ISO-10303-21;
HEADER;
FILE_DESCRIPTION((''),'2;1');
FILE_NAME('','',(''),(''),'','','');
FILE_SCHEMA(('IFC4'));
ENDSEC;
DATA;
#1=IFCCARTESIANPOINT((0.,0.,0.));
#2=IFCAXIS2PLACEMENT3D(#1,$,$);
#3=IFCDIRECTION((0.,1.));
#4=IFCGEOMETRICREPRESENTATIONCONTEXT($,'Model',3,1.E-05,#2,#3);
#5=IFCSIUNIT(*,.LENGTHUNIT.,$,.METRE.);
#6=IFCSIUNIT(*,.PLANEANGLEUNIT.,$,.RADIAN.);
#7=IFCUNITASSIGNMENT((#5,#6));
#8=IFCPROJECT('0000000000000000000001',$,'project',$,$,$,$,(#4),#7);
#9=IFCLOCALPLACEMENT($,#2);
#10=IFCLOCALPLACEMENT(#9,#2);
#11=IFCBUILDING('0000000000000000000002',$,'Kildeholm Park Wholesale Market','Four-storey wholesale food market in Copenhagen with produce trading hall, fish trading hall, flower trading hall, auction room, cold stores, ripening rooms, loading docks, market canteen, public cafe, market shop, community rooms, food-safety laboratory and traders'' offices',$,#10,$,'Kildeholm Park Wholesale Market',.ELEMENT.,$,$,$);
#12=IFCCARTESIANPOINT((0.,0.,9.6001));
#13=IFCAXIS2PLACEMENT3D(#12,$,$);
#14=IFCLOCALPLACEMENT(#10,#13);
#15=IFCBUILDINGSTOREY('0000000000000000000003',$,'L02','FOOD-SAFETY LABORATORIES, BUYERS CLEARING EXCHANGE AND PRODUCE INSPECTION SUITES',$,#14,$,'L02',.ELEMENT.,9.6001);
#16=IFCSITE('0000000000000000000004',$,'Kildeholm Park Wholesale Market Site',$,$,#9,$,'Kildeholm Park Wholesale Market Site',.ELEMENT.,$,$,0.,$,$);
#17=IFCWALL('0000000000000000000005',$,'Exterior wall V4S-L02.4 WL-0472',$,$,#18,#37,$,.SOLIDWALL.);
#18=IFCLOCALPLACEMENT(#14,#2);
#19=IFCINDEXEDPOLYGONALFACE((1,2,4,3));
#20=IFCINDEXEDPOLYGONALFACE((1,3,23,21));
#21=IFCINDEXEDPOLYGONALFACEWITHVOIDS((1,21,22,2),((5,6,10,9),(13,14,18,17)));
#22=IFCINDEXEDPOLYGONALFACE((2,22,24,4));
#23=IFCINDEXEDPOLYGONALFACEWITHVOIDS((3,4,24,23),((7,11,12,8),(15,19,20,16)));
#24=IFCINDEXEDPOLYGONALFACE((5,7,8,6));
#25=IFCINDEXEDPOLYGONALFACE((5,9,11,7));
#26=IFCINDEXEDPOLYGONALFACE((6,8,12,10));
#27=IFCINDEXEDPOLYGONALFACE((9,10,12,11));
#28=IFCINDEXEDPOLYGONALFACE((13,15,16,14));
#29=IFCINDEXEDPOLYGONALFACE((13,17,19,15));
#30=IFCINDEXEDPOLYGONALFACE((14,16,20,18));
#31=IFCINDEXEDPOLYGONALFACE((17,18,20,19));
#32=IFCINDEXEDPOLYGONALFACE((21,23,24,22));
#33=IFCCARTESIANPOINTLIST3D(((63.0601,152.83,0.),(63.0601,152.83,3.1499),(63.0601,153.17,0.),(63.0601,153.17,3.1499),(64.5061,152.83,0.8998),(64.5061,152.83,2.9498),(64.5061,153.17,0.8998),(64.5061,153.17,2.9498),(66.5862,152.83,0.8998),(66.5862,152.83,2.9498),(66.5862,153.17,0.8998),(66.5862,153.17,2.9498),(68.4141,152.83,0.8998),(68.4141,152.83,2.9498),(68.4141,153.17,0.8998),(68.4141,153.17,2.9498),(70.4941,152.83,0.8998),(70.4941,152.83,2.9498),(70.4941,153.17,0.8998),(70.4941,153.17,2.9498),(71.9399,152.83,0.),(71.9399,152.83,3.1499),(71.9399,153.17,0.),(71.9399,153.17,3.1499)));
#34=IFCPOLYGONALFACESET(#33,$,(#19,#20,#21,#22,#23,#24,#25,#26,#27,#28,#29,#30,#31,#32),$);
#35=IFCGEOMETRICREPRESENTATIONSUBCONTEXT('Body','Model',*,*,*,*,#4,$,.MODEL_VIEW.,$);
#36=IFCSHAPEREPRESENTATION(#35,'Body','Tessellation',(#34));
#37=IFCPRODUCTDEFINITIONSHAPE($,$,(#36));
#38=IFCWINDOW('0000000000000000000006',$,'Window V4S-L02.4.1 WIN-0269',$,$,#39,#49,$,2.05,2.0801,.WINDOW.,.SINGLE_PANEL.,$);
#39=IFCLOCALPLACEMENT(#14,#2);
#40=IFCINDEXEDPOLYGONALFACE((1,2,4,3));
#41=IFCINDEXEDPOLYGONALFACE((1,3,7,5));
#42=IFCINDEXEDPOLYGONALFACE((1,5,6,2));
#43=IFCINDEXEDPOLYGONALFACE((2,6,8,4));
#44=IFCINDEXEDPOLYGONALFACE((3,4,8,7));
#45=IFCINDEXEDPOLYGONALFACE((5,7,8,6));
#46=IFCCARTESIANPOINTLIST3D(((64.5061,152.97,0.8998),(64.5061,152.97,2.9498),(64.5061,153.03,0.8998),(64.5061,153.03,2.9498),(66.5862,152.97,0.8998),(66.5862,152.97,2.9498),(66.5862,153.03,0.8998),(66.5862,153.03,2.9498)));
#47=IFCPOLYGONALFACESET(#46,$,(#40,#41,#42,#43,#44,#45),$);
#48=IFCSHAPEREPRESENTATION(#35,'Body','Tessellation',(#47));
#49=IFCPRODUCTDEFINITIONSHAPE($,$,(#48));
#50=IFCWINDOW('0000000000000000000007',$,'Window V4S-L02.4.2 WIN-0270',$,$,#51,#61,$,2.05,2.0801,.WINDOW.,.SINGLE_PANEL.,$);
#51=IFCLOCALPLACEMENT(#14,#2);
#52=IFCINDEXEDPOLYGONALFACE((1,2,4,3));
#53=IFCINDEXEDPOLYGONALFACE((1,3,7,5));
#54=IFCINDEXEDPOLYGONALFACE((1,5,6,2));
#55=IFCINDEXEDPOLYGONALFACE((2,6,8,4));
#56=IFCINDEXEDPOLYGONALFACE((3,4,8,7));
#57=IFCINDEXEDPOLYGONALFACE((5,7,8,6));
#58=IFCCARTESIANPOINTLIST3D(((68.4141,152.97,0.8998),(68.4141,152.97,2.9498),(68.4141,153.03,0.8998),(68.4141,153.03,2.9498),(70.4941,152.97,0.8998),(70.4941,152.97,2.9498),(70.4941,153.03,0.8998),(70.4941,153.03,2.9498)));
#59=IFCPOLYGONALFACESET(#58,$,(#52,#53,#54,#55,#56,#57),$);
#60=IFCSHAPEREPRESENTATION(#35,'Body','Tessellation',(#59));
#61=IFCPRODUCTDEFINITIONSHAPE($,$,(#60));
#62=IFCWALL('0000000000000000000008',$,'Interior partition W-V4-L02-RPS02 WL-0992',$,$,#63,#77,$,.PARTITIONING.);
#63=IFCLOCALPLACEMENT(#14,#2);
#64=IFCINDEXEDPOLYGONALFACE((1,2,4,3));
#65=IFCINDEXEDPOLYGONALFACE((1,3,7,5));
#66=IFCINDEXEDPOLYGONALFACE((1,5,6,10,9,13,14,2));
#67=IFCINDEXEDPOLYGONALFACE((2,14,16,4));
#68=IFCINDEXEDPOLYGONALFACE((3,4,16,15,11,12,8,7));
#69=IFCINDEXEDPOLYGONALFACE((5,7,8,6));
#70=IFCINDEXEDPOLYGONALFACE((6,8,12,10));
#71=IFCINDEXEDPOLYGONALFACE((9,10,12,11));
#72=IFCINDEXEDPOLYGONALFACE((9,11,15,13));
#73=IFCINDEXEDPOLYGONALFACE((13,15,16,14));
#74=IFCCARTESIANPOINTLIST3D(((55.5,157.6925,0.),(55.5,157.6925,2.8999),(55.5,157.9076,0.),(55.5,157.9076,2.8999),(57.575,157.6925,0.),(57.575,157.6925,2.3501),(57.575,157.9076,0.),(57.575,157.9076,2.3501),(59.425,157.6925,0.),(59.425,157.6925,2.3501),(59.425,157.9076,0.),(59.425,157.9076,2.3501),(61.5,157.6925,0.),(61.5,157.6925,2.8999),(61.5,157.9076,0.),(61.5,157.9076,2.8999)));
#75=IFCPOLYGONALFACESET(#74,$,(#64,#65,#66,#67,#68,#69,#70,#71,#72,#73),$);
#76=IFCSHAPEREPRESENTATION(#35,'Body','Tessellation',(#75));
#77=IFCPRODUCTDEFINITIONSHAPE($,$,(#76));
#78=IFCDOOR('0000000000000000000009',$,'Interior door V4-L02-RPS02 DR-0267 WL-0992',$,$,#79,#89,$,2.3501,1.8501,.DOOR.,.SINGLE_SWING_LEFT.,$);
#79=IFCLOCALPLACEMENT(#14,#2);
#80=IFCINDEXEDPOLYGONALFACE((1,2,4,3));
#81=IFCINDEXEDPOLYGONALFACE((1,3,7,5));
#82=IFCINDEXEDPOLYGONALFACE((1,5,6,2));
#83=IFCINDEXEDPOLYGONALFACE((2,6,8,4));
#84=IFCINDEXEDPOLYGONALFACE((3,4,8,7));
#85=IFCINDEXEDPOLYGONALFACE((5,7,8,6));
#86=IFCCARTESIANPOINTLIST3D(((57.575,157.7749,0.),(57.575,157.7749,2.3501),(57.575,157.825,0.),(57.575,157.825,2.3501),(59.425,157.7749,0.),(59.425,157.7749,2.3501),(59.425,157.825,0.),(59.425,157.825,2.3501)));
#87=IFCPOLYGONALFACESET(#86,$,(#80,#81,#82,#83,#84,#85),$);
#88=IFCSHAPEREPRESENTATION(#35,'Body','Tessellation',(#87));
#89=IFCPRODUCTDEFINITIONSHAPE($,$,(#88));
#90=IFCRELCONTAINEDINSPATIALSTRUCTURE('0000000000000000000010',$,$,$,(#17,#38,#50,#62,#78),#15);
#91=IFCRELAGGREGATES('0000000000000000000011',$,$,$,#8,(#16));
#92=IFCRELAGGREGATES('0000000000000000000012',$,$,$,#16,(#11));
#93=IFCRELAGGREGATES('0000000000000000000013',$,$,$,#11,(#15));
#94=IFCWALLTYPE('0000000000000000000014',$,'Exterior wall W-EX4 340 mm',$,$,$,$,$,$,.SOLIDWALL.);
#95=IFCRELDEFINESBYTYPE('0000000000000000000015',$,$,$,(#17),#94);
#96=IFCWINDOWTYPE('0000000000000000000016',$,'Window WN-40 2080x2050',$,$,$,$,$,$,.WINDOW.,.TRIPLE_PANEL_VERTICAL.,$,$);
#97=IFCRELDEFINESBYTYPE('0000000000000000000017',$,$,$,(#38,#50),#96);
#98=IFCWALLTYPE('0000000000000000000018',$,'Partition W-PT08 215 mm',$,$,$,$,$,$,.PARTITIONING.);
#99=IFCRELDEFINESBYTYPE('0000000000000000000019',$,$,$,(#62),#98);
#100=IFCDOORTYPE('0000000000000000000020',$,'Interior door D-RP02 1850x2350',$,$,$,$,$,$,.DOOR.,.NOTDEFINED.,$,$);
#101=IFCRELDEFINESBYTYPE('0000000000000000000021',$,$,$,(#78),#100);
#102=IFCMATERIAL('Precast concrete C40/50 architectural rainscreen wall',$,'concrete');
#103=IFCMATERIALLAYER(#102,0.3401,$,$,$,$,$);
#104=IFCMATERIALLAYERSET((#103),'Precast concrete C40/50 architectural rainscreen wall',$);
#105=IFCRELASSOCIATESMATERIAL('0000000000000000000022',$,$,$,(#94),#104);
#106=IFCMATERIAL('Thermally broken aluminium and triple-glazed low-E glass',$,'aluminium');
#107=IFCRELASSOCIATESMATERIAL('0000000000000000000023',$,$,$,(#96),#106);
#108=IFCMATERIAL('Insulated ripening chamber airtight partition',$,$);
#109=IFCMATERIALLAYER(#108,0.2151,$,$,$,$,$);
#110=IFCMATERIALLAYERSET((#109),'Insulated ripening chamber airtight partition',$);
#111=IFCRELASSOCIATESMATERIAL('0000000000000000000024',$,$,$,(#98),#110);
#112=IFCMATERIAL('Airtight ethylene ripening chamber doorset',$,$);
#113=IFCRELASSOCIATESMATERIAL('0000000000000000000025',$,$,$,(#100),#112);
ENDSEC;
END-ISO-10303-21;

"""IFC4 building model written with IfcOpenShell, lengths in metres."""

from ifc_helpers import new_model, si_unit, direction, frame, frame_2d, origin, place, context, subcontext, project, spatial, rectangle, extrude, material, layer, layer_set, type_object, element, fill, save


model = new_model("IFC4")

# Units and contexts
model_context = context("Model", 3, precision=1e-05, world=origin(), true_north=direction((0.0, 1.0)))
body_context = subcontext(model_context, "Body", "Model", "MODEL_VIEW")
ifc_project = project(units=[si_unit("LENGTHUNIT", "METRE"), si_unit("PLANEANGLEUNIT", "RADIAN")], contexts=[model_context])

# Site, building, storey
site_placement = place(None, origin())
site = spatial("IfcSite", under=ifc_project, at=site_placement, Name="Kildeholm Park Wholesale Market Site", LongName="Kildeholm Park Wholesale Market Site", CompositionType="ELEMENT", RefElevation=0.0)
building_placement = place(site_placement, origin())
building = spatial("IfcBuilding", under=site, at=building_placement, Name="Kildeholm Park Wholesale Market", Description="Four-storey wholesale food market in Copenhagen with produce trading hall, fish trading hall, flower trading hall, auction room, cold stores, ripening rooms, loading docks, market canteen, public cafe, market shop, community rooms, food-safety laboratory and traders' offices", LongName="Kildeholm Park Wholesale Market", CompositionType="ELEMENT")
storey_placement = place(building_placement, frame((0.0, 0.0, 9.6001)))
storey = spatial("IfcBuildingStorey", under=building, at=storey_placement, Name="L02", Description="FOOD-SAFETY LABORATORIES, BUYERS CLEARING EXCHANGE AND PRODUCE INSPECTION SUITES", LongName="L02", CompositionType="ELEMENT", Elevation=9.6001)

# Wall, openings, windows
ifc_material_1 = material(Name="Precast concrete C40/50 architectural rainscreen wall", Category="concrete")
ifc_layer_1 = layer(ifc_material_1, 0.3401)
ifc_layer_set_1 = layer_set([ifc_layer_1], Name="Precast concrete C40/50 architectural rainscreen wall")
wall_type_1 = type_object("IfcWallType", Name="Exterior wall W-EX4 340 mm", PredefinedType="SOLIDWALL", material=ifc_layer_set_1)
ifc_material_2 = material(Name="Thermally broken aluminium and triple-glazed low-E glass", Category="aluminium")
wall_1_placement = place(storey_placement, frame((63.0601, 153.0, 0.0), z_axis=(0.0, 0.0, 1.0), x_axis=(1.0, 0.0, 0.0)))
wall_1 = element("IfcWall", 1, at=wall_1_placement, inside=storey, type_object=wall_type_1, Name="Exterior wall V4S-L02.4 WL-0472", PredefinedType="SOLIDWALL", context=body_context, shape_type="SweptSolid", body=[
    extrude(rectangle(XDim=8.8799, YDim=0.3401, at=frame_2d((4.4399, 0.0))), origin(), (0.0, 0.0, 1.0), 3.1499),
])
opening_1_placement = place(wall_1_placement, frame((1.446, 0.0, 0.8999)))
opening_1 = element("IfcOpeningElement", 2, at=opening_1_placement, cuts=wall_1, PredefinedType="OPENING", context=body_context, shape_type="SweptSolid", body=[
    extrude(rectangle(XDim=2.0801, YDim=2.05, at=frame_2d((1.04, 1.0249))), frame((0.0, 0.1799, 0.0), z_axis=(0.0, -1.0, 0.0), x_axis=(1.0, 0.0, 0.0)), (0.0, 0.0, 1.0), 0.3601),
])
opening_2_placement = place(wall_1_placement, frame((5.354, 0.0, 0.8999)))
opening_2 = element("IfcOpeningElement", 3, at=opening_2_placement, cuts=wall_1, PredefinedType="OPENING", context=body_context, shape_type="SweptSolid", body=[
    extrude(rectangle(XDim=2.0801, YDim=2.05, at=frame_2d((1.04, 1.0249))), frame((0.0, 0.1799, 0.0), z_axis=(0.0, -1.0, 0.0), x_axis=(1.0, 0.0, 0.0)), (0.0, 0.0, 1.0), 0.3601),
])
window_type_1 = type_object("IfcWindowType", Name="Window WN-40 2080x2050", PartitioningType="TRIPLE_PANEL_VERTICAL", PredefinedType="WINDOW", material=ifc_material_2)
window_1_placement = place(opening_1_placement, origin())
window_1 = element("IfcWindow", 4, at=window_1_placement, inside=storey, type_object=window_type_1, Name="Window V4S-L02.4.1 WIN-0269", OverallHeight=2.05, OverallWidth=2.0801, PartitioningType="SINGLE_PANEL", PredefinedType="WINDOW", context=body_context, shape_type="SweptSolid", body=[
    extrude(rectangle(XDim=2.0801, YDim=2.05, at=frame_2d((1.04, 1.0249))), frame((0.0, 0.03, 0.0), z_axis=(0.0, -1.0, 0.0), x_axis=(1.0, 0.0, 0.0)), (0.0, 0.0, 1.0), 0.0601),
])
fill(opening_1, window_1)
window_2_placement = place(opening_2_placement, origin())
window_2 = element("IfcWindow", 5, at=window_2_placement, inside=storey, type_object=window_type_1, Name="Window V4S-L02.4.2 WIN-0270", OverallHeight=2.05, OverallWidth=2.0801, PartitioningType="SINGLE_PANEL", PredefinedType="WINDOW", context=body_context, shape_type="SweptSolid", body=[
    extrude(rectangle(XDim=2.0801, YDim=2.05, at=frame_2d((1.04, 1.0249))), frame((0.0, 0.03, 0.0), z_axis=(0.0, -1.0, 0.0), x_axis=(1.0, 0.0, 0.0)), (0.0, 0.0, 1.0), 0.0601),
])
fill(opening_2, window_2)

# Wall, opening, door
ifc_material_3 = material(Name="Insulated ripening chamber airtight partition")
ifc_layer_2 = layer(ifc_material_3, 0.2151)
ifc_layer_set_2 = layer_set([ifc_layer_2], Name="Insulated ripening chamber airtight partition")
wall_type_2 = type_object("IfcWallType", Name="Partition W-PT08 215 mm", PredefinedType="PARTITIONING", material=ifc_layer_set_2)
wall_2_placement = place(storey_placement, frame((55.5, 157.8, 0.0), z_axis=(0.0, 0.0, 1.0), x_axis=(1.0, 0.0, 0.0)))
wall_2 = element("IfcWall", 6, at=wall_2_placement, inside=storey, type_object=wall_type_2, Name="Interior partition W-V4-L02-RPS02 WL-0992", PredefinedType="PARTITIONING", context=body_context, shape_type="SweptSolid", body=[
    extrude(rectangle(XDim=6.0, YDim=0.2151, at=frame_2d((3.0, 0.0))), origin(), (0.0, 0.0, 1.0), 2.8999),
])
opening_3_placement = place(wall_2_placement, frame((2.075, 0.0, 0.0)))
opening_3 = element("IfcOpeningElement", 7, at=opening_3_placement, cuts=wall_2, PredefinedType="OPENING", context=body_context, shape_type="SweptSolid", body=[
    extrude(rectangle(XDim=1.8501, YDim=2.3501, at=frame_2d((0.925, 1.175))), frame((0.0, 0.1174, 0.0), z_axis=(0.0, -1.0, 0.0), x_axis=(1.0, 0.0, 0.0)), (0.0, 0.0, 1.0), 0.2351),
])
ifc_material_4 = material(Name="Airtight ethylene ripening chamber doorset")
door_type = type_object("IfcDoorType", Name="Interior door D-RP02 1850x2350", OperationType="NOTDEFINED", PredefinedType="DOOR", material=ifc_material_4)
door_placement = place(opening_3_placement, origin())
door = element("IfcDoor", 8, at=door_placement, inside=storey, type_object=door_type, Name="Interior door V4-L02-RPS02 DR-0267 WL-0992", OperationType="SINGLE_SWING_LEFT", OverallHeight=2.3501, OverallWidth=1.8501, PredefinedType="DOOR", context=body_context, shape_type="SweptSolid", body=[
    extrude(rectangle(XDim=1.8501, YDim=2.3501, at=frame_2d((0.925, 1.175))), frame((0.0, 0.0249, 0.0), z_axis=(0.0, -1.0, 0.0), x_axis=(1.0, 0.0, 0.0)), (0.0, 0.0, 1.0), 0.05),
])
fill(opening_3, door)

save(model, "model.ifc")
